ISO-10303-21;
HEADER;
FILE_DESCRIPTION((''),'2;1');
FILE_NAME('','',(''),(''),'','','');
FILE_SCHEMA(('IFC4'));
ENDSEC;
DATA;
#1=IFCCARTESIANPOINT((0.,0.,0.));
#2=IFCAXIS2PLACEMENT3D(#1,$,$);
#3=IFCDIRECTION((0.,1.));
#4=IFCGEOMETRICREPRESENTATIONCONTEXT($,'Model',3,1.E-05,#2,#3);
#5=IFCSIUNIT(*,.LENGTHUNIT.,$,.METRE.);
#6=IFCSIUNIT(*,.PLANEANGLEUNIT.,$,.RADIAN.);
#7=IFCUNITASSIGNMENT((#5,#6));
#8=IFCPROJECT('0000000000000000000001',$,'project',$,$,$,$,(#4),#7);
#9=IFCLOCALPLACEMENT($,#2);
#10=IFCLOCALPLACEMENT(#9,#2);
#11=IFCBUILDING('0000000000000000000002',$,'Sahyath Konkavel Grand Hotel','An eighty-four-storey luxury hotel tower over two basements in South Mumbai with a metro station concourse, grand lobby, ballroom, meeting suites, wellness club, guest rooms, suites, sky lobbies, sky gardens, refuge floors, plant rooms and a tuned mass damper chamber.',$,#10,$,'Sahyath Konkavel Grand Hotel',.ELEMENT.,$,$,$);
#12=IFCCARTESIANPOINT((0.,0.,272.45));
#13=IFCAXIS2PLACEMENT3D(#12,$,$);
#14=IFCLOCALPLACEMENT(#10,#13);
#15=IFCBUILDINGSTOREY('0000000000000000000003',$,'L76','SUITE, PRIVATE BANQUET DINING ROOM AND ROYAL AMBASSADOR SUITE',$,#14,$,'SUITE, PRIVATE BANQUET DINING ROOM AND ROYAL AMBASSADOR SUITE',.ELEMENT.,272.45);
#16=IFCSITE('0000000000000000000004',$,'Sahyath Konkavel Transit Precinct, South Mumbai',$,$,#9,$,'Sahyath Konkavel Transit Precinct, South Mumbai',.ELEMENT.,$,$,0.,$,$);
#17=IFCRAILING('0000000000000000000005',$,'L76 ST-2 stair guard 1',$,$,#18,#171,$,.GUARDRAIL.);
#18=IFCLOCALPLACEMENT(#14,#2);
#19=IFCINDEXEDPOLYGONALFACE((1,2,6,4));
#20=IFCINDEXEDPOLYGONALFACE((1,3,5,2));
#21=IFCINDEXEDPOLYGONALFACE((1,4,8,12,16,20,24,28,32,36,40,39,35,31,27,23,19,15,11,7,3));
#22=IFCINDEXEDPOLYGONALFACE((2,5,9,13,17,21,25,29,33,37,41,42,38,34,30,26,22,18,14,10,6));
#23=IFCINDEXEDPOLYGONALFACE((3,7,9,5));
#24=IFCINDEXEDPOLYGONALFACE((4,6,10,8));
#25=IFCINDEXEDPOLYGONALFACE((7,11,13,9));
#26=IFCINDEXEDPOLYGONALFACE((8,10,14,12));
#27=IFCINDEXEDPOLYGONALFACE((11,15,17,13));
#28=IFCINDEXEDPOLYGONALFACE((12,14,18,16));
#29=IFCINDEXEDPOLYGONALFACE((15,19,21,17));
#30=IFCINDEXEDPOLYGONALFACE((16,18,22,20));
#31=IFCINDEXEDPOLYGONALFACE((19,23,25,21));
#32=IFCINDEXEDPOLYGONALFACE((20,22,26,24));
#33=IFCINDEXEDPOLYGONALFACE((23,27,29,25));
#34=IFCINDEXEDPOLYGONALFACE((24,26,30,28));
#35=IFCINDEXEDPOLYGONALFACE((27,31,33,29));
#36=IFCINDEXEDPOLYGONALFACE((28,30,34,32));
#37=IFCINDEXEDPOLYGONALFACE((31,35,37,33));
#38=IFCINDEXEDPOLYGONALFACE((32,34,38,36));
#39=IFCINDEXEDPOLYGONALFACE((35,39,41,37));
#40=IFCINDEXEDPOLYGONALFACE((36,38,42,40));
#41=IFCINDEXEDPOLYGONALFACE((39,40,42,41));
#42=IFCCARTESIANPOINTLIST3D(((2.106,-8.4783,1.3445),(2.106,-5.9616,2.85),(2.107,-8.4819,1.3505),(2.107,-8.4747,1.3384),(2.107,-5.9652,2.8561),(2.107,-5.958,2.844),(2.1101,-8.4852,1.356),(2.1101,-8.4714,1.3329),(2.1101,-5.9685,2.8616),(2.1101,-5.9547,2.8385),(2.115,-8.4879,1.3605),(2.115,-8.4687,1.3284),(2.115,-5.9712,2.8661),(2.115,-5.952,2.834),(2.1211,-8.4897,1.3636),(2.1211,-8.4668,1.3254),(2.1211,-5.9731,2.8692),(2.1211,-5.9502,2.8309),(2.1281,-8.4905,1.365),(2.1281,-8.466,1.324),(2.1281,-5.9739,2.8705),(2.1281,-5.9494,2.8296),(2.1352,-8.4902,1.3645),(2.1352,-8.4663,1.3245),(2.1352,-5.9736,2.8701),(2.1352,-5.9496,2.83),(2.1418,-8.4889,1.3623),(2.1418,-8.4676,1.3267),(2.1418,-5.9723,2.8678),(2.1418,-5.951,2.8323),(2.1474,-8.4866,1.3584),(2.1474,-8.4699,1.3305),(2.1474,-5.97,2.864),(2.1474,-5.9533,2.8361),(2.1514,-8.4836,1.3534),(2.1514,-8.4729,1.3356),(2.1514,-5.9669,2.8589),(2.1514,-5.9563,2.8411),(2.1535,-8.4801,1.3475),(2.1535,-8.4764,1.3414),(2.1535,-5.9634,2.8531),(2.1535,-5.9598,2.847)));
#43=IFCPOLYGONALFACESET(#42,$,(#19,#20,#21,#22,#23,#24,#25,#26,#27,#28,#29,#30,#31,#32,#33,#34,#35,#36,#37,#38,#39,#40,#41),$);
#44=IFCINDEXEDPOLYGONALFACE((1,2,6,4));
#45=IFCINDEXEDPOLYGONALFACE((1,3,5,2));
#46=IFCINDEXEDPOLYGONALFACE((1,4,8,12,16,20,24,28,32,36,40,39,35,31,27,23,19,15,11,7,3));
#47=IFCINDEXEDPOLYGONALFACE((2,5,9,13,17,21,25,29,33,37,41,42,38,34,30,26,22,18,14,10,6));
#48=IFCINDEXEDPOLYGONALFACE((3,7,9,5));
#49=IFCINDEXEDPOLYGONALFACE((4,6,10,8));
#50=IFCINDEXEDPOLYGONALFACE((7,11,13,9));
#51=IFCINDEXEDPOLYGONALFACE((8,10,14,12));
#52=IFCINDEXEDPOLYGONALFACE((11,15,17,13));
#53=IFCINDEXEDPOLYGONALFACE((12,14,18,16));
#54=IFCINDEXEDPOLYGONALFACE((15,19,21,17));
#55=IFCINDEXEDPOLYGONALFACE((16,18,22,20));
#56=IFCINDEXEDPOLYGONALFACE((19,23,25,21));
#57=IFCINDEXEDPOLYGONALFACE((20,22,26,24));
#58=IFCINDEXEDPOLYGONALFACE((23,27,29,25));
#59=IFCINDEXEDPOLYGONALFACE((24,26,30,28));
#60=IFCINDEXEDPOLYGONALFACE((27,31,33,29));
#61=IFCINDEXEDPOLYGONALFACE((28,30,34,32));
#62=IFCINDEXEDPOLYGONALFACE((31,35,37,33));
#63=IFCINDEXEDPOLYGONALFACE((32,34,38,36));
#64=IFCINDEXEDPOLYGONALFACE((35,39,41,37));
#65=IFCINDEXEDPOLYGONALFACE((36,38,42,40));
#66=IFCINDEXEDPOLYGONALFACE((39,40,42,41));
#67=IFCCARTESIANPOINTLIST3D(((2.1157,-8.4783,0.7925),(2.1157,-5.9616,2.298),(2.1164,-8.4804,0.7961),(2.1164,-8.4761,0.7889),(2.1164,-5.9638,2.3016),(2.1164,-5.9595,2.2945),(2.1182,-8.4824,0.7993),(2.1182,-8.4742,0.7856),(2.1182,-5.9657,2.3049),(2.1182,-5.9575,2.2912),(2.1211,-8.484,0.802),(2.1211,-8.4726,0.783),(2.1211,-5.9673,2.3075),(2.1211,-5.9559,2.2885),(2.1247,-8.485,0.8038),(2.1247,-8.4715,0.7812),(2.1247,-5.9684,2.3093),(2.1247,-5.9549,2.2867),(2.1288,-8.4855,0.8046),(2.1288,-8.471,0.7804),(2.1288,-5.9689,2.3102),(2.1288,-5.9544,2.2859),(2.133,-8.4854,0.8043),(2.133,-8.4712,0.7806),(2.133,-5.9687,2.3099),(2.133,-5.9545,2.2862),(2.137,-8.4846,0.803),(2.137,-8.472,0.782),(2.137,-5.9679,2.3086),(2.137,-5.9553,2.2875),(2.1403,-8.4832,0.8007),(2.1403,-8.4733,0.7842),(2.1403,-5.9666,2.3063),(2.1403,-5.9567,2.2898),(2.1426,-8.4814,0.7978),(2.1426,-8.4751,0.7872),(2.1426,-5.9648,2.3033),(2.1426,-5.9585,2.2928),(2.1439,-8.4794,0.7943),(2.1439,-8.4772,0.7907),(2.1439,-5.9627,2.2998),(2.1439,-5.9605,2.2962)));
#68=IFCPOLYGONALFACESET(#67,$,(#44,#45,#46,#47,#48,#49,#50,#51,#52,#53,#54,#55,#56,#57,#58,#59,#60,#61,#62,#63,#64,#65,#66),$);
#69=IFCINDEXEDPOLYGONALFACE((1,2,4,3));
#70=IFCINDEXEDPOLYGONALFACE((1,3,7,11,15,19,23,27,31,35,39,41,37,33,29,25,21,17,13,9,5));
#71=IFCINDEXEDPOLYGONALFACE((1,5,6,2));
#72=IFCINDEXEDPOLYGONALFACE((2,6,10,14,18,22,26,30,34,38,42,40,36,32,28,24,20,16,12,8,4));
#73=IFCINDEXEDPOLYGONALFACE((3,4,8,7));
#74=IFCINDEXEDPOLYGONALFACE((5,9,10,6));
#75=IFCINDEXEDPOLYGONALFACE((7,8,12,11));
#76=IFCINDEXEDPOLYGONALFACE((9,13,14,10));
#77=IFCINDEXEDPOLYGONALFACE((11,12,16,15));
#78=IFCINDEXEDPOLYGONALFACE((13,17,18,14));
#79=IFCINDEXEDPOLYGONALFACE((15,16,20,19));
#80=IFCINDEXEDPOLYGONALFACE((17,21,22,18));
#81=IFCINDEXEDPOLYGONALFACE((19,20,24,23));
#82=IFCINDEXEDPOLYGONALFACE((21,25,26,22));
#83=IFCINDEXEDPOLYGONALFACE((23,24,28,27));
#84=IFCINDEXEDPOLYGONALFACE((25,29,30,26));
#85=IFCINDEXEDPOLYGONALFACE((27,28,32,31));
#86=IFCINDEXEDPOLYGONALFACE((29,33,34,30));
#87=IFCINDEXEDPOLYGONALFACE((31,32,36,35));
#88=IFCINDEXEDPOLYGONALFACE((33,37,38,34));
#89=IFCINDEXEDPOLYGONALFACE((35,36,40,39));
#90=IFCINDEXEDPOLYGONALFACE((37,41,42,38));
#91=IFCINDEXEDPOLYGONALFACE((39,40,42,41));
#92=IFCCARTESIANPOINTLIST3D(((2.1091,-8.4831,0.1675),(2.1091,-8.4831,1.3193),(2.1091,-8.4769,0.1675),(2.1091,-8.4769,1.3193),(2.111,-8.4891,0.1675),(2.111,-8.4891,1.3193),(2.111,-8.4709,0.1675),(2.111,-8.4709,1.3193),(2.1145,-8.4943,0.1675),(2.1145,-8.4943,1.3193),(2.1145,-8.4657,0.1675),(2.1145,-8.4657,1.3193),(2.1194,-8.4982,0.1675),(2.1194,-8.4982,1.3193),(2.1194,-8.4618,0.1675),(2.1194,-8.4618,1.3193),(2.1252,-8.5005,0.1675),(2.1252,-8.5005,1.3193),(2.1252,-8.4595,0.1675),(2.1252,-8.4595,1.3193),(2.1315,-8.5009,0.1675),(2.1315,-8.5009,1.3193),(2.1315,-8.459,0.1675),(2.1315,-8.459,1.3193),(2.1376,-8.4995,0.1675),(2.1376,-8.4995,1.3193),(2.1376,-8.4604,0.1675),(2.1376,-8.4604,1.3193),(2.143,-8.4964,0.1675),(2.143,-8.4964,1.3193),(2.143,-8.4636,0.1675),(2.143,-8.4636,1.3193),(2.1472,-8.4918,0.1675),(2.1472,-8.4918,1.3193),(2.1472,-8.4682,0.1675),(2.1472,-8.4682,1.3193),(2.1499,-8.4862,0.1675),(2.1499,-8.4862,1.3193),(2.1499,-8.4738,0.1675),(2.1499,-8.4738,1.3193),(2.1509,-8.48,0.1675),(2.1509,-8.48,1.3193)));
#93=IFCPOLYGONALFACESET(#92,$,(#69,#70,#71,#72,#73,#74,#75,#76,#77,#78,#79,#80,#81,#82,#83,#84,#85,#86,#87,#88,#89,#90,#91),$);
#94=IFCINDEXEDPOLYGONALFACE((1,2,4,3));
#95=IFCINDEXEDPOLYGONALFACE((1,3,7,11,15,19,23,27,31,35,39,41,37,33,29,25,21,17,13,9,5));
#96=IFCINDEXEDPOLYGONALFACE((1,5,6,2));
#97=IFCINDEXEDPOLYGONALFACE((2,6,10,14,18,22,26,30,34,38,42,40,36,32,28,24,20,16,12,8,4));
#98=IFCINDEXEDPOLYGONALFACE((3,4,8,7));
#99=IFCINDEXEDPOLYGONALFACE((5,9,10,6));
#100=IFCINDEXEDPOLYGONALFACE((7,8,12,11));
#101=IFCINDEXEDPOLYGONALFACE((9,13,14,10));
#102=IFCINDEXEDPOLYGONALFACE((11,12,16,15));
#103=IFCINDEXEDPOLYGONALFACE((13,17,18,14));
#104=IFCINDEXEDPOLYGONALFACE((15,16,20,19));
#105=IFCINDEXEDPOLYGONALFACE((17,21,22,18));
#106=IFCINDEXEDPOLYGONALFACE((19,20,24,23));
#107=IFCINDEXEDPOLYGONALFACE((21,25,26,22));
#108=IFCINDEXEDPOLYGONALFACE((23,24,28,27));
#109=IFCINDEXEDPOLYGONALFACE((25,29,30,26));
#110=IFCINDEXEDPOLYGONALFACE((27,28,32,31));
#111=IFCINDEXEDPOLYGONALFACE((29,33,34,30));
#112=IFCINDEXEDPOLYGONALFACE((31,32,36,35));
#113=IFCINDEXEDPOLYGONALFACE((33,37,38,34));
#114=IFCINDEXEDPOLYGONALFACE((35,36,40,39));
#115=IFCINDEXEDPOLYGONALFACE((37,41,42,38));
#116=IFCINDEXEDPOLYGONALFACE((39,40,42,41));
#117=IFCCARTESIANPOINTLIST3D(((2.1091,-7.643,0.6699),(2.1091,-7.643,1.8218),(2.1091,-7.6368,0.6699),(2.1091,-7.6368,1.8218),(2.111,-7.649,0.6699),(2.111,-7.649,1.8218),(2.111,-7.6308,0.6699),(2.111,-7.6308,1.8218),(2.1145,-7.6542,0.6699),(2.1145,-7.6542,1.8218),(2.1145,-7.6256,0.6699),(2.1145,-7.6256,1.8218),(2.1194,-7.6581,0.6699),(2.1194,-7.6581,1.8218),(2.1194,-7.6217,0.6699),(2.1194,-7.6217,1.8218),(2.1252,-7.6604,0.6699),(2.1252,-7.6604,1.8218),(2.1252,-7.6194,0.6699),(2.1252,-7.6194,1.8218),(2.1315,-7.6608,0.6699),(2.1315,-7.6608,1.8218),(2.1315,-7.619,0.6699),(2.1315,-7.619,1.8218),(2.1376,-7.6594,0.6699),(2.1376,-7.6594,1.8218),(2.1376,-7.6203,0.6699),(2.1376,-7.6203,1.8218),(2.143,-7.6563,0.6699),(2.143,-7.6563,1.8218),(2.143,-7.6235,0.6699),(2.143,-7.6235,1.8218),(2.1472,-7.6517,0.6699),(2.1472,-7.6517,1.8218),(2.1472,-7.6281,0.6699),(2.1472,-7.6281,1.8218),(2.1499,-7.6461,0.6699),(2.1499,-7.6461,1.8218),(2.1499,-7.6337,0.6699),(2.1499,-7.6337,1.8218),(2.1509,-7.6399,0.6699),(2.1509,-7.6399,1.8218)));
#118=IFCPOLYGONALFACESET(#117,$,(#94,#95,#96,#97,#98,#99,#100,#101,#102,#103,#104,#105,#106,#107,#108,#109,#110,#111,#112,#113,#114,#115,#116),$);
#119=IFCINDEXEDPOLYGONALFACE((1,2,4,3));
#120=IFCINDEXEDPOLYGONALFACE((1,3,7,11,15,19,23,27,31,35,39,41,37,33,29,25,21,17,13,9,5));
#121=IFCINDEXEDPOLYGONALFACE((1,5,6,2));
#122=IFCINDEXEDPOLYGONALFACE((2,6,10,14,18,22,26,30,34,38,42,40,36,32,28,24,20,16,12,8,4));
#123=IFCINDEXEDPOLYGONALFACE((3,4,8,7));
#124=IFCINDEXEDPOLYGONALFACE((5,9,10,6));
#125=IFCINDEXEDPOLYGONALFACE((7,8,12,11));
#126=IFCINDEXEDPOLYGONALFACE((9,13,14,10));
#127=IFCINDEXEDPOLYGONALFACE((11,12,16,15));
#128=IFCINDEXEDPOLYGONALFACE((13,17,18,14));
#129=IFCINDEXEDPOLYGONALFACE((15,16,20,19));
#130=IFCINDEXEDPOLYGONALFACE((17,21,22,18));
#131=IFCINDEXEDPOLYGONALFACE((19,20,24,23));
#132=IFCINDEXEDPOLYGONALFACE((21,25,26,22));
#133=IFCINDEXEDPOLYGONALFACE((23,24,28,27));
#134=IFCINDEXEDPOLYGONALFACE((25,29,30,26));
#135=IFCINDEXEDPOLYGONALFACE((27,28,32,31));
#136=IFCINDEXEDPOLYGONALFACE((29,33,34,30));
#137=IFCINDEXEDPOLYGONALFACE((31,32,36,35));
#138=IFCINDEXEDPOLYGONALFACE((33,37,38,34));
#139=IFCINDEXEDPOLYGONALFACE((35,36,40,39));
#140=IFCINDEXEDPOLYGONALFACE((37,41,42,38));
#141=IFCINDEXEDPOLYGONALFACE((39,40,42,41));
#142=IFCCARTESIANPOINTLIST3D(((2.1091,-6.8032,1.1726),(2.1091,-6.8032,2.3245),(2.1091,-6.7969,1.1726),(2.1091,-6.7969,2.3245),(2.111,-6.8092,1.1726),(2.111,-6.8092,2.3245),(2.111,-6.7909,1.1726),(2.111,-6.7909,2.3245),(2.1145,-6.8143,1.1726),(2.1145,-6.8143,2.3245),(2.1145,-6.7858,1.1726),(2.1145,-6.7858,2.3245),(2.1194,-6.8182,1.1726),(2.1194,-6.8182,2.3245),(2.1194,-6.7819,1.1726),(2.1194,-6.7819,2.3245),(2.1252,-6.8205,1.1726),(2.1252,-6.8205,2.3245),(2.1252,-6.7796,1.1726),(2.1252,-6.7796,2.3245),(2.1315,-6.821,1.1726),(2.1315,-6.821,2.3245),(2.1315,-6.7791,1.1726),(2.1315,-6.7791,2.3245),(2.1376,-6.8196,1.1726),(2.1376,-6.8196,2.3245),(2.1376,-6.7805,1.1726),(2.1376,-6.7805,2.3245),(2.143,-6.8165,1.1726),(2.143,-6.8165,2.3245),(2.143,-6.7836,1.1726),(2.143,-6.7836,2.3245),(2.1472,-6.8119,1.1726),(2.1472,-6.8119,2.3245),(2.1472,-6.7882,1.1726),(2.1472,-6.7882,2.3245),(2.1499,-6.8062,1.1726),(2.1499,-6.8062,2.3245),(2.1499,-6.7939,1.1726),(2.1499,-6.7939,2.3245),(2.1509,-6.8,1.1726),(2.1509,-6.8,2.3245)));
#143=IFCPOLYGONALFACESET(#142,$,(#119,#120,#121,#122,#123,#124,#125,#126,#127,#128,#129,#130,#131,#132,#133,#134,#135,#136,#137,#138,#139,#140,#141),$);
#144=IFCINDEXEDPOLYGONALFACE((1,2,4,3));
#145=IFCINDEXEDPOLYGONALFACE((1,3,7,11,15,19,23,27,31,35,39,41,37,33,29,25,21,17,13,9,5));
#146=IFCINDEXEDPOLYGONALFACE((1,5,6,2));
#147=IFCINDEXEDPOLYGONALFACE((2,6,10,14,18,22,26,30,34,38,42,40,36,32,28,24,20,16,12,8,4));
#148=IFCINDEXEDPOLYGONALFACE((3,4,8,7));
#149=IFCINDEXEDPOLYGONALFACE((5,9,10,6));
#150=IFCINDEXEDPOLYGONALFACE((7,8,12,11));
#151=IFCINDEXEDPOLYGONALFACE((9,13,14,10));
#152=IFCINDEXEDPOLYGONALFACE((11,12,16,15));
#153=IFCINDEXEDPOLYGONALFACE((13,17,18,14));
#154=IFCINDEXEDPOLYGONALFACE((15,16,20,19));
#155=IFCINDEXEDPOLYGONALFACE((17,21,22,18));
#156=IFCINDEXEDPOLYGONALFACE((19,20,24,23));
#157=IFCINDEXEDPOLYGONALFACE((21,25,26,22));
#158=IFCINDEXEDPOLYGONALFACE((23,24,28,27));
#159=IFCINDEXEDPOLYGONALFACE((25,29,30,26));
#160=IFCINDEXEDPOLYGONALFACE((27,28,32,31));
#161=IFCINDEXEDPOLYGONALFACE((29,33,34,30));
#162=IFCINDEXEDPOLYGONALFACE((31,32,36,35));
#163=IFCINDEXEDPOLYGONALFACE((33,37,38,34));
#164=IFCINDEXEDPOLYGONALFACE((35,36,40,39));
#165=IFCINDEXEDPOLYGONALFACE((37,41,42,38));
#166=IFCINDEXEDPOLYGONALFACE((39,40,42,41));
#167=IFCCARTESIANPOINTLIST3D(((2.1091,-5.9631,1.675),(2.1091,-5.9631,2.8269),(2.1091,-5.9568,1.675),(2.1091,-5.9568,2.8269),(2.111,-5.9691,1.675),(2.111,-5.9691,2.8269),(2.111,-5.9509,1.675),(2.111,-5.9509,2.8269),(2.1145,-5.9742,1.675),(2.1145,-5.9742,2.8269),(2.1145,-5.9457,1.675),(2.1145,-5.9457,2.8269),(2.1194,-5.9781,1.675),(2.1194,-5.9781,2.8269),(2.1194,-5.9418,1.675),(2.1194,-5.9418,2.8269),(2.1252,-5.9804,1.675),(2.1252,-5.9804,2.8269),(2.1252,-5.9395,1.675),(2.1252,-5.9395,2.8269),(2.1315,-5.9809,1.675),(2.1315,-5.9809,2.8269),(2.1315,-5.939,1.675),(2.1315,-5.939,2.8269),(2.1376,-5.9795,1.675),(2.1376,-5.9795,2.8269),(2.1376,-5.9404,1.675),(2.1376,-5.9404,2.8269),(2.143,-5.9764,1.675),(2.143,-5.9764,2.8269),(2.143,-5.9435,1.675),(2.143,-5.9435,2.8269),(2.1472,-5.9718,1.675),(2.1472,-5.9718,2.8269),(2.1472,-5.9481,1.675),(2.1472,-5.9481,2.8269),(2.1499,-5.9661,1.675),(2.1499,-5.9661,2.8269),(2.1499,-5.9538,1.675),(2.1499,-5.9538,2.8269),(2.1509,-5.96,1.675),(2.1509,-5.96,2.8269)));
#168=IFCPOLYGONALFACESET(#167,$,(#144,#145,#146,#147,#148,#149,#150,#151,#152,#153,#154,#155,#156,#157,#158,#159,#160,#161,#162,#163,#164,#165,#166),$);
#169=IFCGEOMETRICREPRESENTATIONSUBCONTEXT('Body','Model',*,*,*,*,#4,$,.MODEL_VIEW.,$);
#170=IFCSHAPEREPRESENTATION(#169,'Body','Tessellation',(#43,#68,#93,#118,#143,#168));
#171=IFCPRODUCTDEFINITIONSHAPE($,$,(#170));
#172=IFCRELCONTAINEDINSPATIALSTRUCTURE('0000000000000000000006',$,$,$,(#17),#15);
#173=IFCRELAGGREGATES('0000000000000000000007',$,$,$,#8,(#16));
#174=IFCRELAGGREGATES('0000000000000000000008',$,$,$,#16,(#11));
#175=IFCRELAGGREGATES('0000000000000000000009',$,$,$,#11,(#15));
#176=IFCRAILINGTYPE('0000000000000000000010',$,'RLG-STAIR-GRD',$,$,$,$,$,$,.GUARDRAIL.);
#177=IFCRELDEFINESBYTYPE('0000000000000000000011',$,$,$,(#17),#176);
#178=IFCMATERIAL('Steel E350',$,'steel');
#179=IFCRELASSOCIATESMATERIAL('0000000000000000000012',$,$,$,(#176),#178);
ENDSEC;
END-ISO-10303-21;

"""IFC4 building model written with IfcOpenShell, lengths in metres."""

from ifc_helpers import new_model, si_unit, direction, frame, origin, origin_2d, place, context, subcontext, project, spatial, circle, extrude, material, type_object, element, save


model = new_model("IFC4")

# Units and contexts
model_context = context("Model", 3, precision=1e-05, world=origin(), true_north=direction((0.0, 1.0)))
body_context = subcontext(model_context, "Body", "Model", "MODEL_VIEW")
ifc_project = project(units=[si_unit("LENGTHUNIT", "METRE"), si_unit("PLANEANGLEUNIT", "RADIAN")], contexts=[model_context])

# Site, building, storey
site_placement = place(None, origin())
site = spatial("IfcSite", under=ifc_project, at=site_placement, Name="Sahyath Konkavel Transit Precinct, South Mumbai", LongName="Sahyath Konkavel Transit Precinct, South Mumbai", CompositionType="ELEMENT", RefElevation=0.0)
building_placement = place(site_placement, origin())
building = spatial("IfcBuilding", under=site, at=building_placement, Name="Sahyath Konkavel Grand Hotel", Description="An eighty-four-storey luxury hotel tower over two basements in South Mumbai with a metro station concourse, grand lobby, ballroom, meeting suites, wellness club, guest rooms, suites, sky lobbies, sky gardens, refuge floors, plant rooms and a tuned mass damper chamber.", LongName="Sahyath Konkavel Grand Hotel", CompositionType="ELEMENT")
storey_placement = place(building_placement, frame((0.0, 0.0, 272.45)))
storey = spatial("IfcBuildingStorey", under=building, at=storey_placement, Name="L76", Description="SUITE, PRIVATE BANQUET DINING ROOM AND ROYAL AMBASSADOR SUITE", LongName="SUITE, PRIVATE BANQUET DINING ROOM AND ROYAL AMBASSADOR SUITE", CompositionType="ELEMENT", Elevation=272.45)

# Shared definitions
ifc_material_1 = material(Name="Steel E350", Category="steel")

# Railing
railing_type_1 = type_object("IfcRailingType", Name="RLG-STAIR-GRD", PredefinedType="GUARDRAIL", material=ifc_material_1)
railing_1_placement = place(storey_placement, frame((2.1299, -8.48, 0.1675)))
element("IfcRailing", 1, at=railing_1_placement, inside=storey, type_object=railing_type_1, Name="L76 ST-2 stair guard 1", PredefinedType="GUARDRAIL", context=body_context, shape_type="SweptSolid", body=[
    extrude(circle(Radius=0.0239, at=origin_2d()), frame((0.0, 0.0017, 1.177), z_axis=(0.0, 0.85816, 0.513383), x_axis=(-1.0, 0.0, 0.0)), (0.0, 0.0, 1.0), 2.9326),
    extrude(circle(Radius=0.0142, at=origin_2d()), frame((0.0, 0.0017, 0.625), z_axis=(0.0, 0.85816, 0.513383), x_axis=(-1.0, 0.0, 0.0)), (0.0, 0.0, 1.0), 2.9326),
    extrude(circle(Radius=0.021, at=origin_2d()), origin(), (0.0, 0.0, 1.0), 1.1519),
    extrude(circle(Radius=0.021, at=origin_2d()), frame((0.0, 0.8401, 0.5024)), (0.0, 0.0, 1.0), 1.1519),
    extrude(circle(Radius=0.021, at=origin_2d()), frame((0.0, 1.6799, 1.0051)), (0.0, 0.0, 1.0), 1.1519),
    extrude(circle(Radius=0.021, at=origin_2d()), frame((0.0, 2.52, 1.5076)), (0.0, 0.0, 1.0), 1.1519),
])

save(model, "model.ifc")
